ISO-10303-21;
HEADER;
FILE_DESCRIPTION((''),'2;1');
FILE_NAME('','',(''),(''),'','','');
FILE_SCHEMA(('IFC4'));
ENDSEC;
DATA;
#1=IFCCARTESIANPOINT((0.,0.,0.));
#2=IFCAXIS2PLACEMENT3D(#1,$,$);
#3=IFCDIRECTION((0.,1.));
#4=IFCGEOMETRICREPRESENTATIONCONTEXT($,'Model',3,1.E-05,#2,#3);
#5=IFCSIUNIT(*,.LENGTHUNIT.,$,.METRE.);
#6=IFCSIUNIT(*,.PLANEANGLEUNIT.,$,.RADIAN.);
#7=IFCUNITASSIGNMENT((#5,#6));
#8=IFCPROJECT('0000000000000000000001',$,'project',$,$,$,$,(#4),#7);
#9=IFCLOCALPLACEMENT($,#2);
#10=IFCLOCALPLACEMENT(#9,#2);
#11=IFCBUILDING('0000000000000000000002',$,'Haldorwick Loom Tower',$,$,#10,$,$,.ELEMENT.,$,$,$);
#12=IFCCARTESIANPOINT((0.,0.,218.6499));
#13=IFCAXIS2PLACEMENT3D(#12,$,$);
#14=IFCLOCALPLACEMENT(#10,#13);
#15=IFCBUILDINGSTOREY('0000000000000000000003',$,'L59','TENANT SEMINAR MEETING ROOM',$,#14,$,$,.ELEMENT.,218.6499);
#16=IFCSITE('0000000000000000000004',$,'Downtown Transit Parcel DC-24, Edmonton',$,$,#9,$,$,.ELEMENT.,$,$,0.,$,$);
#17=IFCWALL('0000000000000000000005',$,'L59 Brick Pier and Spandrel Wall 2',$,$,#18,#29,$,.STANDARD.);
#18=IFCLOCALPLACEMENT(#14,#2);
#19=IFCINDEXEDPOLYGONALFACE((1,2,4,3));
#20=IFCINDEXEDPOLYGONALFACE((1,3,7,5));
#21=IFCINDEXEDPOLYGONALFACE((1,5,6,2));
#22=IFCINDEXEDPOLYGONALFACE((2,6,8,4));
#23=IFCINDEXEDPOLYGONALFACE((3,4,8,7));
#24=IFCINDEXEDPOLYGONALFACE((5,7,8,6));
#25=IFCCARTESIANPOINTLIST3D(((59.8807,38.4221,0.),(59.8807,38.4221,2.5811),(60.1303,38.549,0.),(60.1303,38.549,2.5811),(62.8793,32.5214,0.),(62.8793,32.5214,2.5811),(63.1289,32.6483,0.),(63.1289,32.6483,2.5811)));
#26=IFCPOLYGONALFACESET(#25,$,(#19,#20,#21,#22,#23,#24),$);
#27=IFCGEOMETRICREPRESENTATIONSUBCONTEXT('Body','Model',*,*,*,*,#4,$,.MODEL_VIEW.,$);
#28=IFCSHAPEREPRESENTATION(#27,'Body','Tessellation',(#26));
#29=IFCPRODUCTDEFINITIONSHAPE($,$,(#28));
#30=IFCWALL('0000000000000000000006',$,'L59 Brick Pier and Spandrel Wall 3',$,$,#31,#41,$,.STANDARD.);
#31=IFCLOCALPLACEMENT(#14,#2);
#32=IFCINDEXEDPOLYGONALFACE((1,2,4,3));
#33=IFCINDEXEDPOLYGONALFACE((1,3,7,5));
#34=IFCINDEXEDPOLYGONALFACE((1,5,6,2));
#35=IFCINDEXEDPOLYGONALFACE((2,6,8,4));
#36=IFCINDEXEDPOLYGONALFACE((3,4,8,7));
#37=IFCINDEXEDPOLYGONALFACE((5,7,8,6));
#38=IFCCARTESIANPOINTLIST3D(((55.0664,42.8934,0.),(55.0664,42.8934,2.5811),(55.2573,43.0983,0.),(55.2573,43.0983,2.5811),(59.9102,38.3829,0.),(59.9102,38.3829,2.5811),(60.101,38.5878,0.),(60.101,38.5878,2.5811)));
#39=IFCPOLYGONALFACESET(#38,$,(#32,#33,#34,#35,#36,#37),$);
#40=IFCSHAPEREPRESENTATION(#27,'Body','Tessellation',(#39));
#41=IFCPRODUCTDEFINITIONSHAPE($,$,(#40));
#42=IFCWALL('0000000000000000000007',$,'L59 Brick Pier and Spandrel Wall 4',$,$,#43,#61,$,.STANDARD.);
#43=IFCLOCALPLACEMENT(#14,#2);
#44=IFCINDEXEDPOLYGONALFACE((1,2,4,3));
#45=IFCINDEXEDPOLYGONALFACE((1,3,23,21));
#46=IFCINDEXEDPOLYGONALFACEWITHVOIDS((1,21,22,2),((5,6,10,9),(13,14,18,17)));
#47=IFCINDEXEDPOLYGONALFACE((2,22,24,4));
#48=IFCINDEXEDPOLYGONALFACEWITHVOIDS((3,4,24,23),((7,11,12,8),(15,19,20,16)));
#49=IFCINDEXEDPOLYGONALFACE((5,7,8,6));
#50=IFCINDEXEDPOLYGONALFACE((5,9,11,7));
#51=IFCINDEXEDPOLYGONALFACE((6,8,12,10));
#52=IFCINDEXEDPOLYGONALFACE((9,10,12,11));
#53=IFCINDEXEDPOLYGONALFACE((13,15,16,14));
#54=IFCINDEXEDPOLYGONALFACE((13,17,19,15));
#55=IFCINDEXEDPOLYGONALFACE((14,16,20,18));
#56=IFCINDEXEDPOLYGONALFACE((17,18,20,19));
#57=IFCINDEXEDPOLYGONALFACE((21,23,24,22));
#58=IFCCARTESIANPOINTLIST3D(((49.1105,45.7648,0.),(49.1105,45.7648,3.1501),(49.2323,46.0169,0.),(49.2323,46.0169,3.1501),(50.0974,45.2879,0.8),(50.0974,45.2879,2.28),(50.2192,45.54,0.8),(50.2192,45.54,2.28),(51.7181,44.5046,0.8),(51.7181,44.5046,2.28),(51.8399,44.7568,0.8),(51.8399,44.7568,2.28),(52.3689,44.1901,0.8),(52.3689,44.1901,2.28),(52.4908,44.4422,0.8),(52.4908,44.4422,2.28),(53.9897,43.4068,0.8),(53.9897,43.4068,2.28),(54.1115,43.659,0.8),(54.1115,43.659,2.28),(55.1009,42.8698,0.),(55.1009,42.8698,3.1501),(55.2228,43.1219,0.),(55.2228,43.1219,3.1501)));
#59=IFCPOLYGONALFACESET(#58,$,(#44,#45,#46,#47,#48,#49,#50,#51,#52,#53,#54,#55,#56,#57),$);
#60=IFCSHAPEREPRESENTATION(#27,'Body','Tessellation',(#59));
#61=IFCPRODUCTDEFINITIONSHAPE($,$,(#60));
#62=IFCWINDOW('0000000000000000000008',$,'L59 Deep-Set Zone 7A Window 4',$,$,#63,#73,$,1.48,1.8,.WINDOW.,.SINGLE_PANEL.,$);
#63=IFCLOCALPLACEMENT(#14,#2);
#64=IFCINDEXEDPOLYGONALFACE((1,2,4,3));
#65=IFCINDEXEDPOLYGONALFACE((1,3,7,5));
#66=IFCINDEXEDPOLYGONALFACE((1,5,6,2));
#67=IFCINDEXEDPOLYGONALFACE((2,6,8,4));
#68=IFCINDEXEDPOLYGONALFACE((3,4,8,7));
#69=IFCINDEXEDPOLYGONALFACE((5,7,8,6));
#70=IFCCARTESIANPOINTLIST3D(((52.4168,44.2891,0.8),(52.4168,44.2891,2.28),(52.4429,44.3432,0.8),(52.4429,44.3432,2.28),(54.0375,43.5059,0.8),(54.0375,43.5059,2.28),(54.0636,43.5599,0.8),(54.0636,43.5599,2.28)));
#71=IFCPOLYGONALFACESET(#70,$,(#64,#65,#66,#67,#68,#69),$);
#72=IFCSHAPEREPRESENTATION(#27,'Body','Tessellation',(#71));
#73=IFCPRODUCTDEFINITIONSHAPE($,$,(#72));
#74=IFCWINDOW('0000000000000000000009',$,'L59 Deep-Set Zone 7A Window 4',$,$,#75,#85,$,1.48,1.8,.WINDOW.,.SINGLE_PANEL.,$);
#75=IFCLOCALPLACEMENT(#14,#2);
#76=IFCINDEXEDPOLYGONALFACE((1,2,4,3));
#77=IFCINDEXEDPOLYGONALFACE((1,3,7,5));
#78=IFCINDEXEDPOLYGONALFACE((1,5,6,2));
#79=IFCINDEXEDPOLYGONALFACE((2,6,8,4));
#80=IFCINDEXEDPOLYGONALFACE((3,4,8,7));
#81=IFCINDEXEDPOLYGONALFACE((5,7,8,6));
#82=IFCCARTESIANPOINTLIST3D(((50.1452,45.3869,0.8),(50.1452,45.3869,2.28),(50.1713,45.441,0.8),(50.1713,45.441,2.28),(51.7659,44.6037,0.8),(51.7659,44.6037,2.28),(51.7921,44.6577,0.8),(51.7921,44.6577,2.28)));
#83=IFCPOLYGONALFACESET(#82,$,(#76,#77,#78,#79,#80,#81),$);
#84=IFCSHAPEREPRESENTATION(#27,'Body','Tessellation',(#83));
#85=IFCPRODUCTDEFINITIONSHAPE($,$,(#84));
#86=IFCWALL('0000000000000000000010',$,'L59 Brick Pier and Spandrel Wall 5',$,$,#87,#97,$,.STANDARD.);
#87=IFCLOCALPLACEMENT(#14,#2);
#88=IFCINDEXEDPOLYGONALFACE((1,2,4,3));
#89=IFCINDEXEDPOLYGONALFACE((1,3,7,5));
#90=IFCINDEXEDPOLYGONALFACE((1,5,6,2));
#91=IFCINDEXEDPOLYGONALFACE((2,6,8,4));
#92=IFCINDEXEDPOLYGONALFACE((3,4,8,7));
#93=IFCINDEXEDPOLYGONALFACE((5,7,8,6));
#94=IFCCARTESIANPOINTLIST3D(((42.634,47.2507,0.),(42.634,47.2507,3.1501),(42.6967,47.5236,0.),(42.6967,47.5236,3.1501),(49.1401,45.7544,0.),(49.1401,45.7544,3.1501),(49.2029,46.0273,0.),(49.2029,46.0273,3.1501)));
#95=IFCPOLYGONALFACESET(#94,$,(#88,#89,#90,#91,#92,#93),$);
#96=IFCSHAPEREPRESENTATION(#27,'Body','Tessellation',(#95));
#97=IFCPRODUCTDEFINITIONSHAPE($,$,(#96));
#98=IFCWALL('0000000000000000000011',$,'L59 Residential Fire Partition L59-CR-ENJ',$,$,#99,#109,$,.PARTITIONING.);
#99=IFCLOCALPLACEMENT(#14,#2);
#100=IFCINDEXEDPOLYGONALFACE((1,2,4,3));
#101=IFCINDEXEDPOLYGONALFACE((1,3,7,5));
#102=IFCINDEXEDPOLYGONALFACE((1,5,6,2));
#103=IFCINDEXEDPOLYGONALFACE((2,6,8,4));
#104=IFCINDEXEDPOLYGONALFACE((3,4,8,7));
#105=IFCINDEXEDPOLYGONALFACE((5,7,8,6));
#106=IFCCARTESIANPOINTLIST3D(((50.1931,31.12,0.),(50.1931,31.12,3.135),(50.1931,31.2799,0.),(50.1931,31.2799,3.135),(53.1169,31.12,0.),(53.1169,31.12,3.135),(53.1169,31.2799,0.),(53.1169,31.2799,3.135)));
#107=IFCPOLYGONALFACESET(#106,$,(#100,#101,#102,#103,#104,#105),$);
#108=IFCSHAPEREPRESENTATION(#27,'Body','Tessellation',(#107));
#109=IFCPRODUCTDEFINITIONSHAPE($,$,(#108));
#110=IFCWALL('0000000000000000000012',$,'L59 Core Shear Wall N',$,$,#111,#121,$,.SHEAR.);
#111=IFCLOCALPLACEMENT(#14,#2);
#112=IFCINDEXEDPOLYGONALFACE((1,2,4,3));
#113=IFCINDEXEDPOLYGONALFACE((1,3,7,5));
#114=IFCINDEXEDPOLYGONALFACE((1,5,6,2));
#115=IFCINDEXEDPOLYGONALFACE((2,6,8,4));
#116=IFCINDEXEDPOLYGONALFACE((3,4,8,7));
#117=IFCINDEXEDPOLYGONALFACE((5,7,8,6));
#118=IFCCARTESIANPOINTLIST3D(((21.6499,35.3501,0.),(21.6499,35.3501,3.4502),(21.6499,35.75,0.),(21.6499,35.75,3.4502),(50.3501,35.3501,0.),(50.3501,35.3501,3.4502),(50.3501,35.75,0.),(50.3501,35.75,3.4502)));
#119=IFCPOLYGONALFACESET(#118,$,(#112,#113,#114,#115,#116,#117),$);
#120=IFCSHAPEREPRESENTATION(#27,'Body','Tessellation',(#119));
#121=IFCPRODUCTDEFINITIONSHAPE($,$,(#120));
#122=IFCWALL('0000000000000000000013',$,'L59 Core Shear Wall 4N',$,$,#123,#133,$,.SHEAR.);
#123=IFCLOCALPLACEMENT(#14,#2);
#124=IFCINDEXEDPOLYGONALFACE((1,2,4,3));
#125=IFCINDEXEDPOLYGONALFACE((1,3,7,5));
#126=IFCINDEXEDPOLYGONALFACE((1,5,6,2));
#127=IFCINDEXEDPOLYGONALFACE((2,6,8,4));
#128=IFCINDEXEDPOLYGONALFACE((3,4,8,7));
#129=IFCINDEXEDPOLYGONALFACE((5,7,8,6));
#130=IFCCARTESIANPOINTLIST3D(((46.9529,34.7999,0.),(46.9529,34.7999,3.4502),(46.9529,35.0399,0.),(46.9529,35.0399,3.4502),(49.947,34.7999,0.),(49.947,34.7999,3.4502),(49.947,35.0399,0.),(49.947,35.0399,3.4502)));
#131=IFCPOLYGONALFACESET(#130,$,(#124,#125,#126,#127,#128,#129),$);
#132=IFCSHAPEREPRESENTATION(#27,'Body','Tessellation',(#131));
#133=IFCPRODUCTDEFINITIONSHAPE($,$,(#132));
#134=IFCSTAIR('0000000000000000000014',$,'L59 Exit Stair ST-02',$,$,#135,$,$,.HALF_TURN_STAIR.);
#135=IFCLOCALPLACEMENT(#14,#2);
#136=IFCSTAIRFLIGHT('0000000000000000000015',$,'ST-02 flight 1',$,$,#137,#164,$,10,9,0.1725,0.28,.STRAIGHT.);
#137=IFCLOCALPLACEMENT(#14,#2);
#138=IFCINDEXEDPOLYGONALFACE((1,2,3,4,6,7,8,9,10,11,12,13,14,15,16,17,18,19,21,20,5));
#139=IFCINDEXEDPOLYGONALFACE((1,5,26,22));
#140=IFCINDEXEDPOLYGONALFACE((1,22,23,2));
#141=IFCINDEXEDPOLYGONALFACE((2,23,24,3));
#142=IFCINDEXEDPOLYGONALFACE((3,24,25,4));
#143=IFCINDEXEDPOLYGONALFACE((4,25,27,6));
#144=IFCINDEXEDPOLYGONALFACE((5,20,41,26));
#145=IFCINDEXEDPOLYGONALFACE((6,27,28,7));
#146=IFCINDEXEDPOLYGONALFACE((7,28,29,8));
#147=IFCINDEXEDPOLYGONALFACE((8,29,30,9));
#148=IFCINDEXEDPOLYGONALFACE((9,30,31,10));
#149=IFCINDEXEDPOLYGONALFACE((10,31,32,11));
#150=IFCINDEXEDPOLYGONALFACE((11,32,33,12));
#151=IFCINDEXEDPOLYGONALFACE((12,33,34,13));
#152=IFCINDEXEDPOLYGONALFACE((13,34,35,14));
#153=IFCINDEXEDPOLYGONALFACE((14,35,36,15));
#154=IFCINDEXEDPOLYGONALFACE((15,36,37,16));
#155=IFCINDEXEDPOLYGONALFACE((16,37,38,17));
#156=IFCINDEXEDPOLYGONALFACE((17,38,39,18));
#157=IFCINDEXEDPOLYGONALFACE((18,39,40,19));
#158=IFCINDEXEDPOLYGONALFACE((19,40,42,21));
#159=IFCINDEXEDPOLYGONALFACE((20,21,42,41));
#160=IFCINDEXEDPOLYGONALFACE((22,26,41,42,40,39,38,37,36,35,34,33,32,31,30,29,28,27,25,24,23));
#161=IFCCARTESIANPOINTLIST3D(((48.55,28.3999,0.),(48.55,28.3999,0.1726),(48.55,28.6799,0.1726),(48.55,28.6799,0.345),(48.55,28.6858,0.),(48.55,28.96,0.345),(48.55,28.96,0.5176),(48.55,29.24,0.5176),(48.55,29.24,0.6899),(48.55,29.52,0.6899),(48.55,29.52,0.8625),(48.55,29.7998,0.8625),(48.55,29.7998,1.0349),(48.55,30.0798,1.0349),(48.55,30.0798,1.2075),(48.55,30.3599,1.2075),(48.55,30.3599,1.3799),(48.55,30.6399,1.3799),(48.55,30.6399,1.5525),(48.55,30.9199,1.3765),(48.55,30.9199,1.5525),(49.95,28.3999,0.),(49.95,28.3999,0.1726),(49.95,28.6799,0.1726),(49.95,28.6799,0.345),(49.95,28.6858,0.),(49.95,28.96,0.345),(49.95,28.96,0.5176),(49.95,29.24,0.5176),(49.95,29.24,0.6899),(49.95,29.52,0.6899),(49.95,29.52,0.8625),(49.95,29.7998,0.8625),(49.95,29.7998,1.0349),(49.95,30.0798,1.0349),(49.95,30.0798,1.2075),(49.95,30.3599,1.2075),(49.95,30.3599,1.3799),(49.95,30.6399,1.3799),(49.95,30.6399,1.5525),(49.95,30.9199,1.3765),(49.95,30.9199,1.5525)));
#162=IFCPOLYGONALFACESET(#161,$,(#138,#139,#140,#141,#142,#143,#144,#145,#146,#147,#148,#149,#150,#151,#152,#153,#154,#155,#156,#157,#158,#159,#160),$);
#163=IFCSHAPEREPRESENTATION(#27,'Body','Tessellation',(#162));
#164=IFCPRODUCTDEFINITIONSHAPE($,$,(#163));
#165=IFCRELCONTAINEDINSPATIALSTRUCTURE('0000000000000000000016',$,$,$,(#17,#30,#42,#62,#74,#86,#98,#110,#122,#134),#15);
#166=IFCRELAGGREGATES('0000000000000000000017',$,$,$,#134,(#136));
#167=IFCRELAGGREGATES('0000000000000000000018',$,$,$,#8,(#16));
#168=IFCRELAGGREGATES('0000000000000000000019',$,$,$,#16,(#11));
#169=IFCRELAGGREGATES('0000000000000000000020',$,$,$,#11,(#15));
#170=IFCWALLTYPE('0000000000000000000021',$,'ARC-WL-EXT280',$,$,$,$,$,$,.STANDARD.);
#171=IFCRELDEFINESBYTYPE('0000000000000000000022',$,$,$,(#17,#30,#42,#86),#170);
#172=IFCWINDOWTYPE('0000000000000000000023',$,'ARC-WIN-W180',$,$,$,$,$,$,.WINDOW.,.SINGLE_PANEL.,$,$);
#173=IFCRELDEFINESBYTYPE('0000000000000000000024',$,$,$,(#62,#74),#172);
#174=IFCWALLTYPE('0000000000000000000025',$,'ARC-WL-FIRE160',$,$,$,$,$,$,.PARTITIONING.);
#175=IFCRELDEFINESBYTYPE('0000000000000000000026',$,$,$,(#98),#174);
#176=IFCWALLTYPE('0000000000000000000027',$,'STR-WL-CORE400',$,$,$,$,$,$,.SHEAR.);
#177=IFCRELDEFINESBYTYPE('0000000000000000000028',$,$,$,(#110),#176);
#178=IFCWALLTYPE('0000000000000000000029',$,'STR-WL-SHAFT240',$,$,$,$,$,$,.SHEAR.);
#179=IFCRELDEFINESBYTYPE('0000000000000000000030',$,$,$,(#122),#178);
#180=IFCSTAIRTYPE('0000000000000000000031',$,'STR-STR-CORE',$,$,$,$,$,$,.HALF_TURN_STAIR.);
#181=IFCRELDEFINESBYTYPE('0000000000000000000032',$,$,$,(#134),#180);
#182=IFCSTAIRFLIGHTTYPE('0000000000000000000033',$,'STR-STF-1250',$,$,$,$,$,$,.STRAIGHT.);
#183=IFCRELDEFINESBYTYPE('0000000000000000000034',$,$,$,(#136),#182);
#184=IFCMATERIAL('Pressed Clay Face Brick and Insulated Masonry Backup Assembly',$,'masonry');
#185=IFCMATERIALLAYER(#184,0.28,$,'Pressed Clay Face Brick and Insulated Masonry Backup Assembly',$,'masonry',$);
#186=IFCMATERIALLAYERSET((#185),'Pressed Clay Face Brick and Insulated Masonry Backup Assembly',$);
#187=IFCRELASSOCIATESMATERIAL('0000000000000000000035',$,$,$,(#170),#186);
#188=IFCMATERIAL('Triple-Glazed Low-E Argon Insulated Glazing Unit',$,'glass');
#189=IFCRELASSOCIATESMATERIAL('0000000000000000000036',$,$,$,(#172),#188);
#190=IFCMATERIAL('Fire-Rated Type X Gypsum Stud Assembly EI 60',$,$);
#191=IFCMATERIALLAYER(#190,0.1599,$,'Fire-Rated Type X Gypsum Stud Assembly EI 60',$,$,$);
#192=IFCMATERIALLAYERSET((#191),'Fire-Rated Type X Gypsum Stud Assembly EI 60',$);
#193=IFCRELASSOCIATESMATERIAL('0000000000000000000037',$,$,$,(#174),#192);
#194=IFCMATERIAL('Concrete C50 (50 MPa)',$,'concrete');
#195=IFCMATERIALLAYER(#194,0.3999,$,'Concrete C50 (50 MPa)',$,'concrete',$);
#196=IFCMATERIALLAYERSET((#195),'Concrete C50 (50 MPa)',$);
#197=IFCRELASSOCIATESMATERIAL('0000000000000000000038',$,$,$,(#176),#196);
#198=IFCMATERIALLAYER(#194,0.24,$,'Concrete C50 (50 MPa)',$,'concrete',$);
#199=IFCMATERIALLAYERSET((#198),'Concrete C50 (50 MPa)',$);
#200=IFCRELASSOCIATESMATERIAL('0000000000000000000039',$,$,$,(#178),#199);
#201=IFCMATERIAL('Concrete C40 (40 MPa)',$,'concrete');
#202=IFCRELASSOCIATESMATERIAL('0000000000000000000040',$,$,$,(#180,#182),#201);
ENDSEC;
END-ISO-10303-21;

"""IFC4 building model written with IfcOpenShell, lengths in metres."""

from ifc_helpers import new_model, si_unit, direction, frame, frame_2d, origin, place, context, subcontext, project, spatial, polyline, rectangle, outline, extrude, material, layer, layer_set, type_object, element, fill, aggregate, save


model = new_model("IFC4")

# Units and contexts
model_context = context("Model", 3, precision=1e-05, world=origin(), true_north=direction((0.0, 1.0)))
body_context = subcontext(model_context, "Body", "Model", "MODEL_VIEW")
ifc_project = project(units=[si_unit("LENGTHUNIT", "METRE"), si_unit("PLANEANGLEUNIT", "RADIAN")], contexts=[model_context])

# Site, building, storey
site_placement = place(None, origin())
site = spatial("IfcSite", under=ifc_project, at=site_placement, Name="Downtown Transit Parcel DC-24, Edmonton", CompositionType="ELEMENT", RefElevation=0.0)
building_placement = place(site_placement, origin())
building = spatial("IfcBuilding", under=site, at=building_placement, Name="Haldorwick Loom Tower", CompositionType="ELEMENT")
storey_placement = place(building_placement, frame((0.0, 0.0, 218.6499)))
storey = spatial("IfcBuildingStorey", under=building, at=storey_placement, Name="L59", Description="TENANT SEMINAR MEETING ROOM", CompositionType="ELEMENT", Elevation=218.6499)

# Walls
ifc_material_1 = material(Name="Pressed Clay Face Brick and Insulated Masonry Backup Assembly", Category="masonry")
ifc_layer_1 = layer(ifc_material_1, 0.28, Name="Pressed Clay Face Brick and Insulated Masonry Backup Assembly", Category="masonry")
ifc_layer_set_1 = layer_set([ifc_layer_1], Name="Pressed Clay Face Brick and Insulated Masonry Backup Assembly")
wall_type_1 = type_object("IfcWallType", Name="ARC-WL-EXT280", PredefinedType="STANDARD", material=ifc_layer_set_1)
wall_1_placement = place(storey_placement, frame((63.0042, 32.5847, 0.0), z_axis=(0.0, 0.0, 1.0), x_axis=(-0.453032, 0.891494, 0.0)))
element("IfcWall", 1, at=wall_1_placement, inside=storey, type_object=wall_type_1, Name="L59 Brick Pier and Spandrel Wall 2", PredefinedType="STANDARD", context=body_context, shape_type="SweptSolid", body=[
    extrude(rectangle(XDim=6.6189, YDim=0.28, at=frame_2d((3.3096, 0.0))), origin(), (0.0, 0.0, 1.0), 2.5811),
])
wall_2_placement = place(storey_placement, frame((60.0056, 38.4854, 0.0), z_axis=(0.0, 0.0, 1.0), x_axis=(-0.731834, 0.681483, 0.0)))
element("IfcWall", 2, at=wall_2_placement, inside=storey, type_object=wall_type_1, Name="L59 Brick Pier and Spandrel Wall 3", PredefinedType="STANDARD", context=body_context, shape_type="SweptSolid", body=[
    extrude(rectangle(XDim=6.6187, YDim=0.28, at=frame_2d((3.3093, 0.0))), origin(), (0.0, 0.0, 1.0), 2.5811),
])

# Wall, openings, windows
wall_3_placement = place(storey_placement, frame((55.1619, 42.9958, 0.0), z_axis=(0.0, 0.0, 1.0), x_axis=(-0.900371, 0.435123, 0.0)))
wall_3 = element("IfcWall", 3, at=wall_3_placement, inside=storey, type_object=wall_type_1, Name="L59 Brick Pier and Spandrel Wall 4", PredefinedType="STANDARD", context=body_context, shape_type="SweptSolid", body=[
    extrude(rectangle(XDim=6.6533, YDim=0.28, at=frame_2d((3.3267, 0.0))), origin(), (0.0, 0.0, 1.0), 3.1501),
])
opening_1_placement = place(wall_3_placement, frame((1.2344, 0.0, 0.8)))
opening_1 = element("IfcOpeningElement", 4, at=opening_1_placement, cuts=wall_3, PredefinedType="OPENING", context=body_context, shape_type="SweptSolid", body=[
    extrude(rectangle(XDim=1.8, YDim=1.48, at=frame_2d((0.8999, 0.74))), frame((0.0, 0.1499, 0.0), z_axis=(0.0, -1.0, 0.0), x_axis=(1.0, 0.0, 0.0)), (0.0, 0.0, 1.0), 0.3),
])
opening_2_placement = place(wall_3_placement, frame((3.7573, 0.0, 0.8)))
opening_2 = element("IfcOpeningElement", 5, at=opening_2_placement, cuts=wall_3, PredefinedType="OPENING", context=body_context, shape_type="SweptSolid", body=[
    extrude(rectangle(XDim=1.8, YDim=1.48, at=frame_2d((0.8999, 0.74))), frame((0.0, 0.1499, 0.0), z_axis=(0.0, -1.0, 0.0), x_axis=(1.0, 0.0, 0.0)), (0.0, 0.0, 1.0), 0.3),
])
ifc_material_2 = material(Name="Triple-Glazed Low-E Argon Insulated Glazing Unit", Category="glass")
window_type = type_object("IfcWindowType", Name="ARC-WIN-W180", PartitioningType="SINGLE_PANEL", PredefinedType="WINDOW", material=ifc_material_2)
window_1_placement = place(opening_1_placement, origin())
window_1 = element("IfcWindow", 6, at=window_1_placement, inside=storey, type_object=window_type, Name="L59 Deep-Set Zone 7A Window 4", OverallHeight=1.48, OverallWidth=1.8, PartitioningType="SINGLE_PANEL", PredefinedType="WINDOW", context=body_context, shape_type="SweptSolid", body=[
    extrude(rectangle(XDim=1.8, YDim=1.48, at=frame_2d((0.8999, 0.74))), frame((0.0, 0.03, 0.0), z_axis=(0.0, -1.0, 0.0), x_axis=(1.0, 0.0, 0.0)), (0.0, 0.0, 1.0), 0.0601),
])
fill(opening_1, window_1)
window_2_placement = place(opening_2_placement, origin())
window_2 = element("IfcWindow", 7, at=window_2_placement, inside=storey, type_object=window_type, Name="L59 Deep-Set Zone 7A Window 4", OverallHeight=1.48, OverallWidth=1.8, PartitioningType="SINGLE_PANEL", PredefinedType="WINDOW", context=body_context, shape_type="SweptSolid", body=[
    extrude(rectangle(XDim=1.8, YDim=1.48, at=frame_2d((0.8999, 0.74))), frame((0.0, 0.03, 0.0), z_axis=(0.0, -1.0, 0.0), x_axis=(1.0, 0.0, 0.0)), (0.0, 0.0, 1.0), 0.0601),
])
fill(opening_2, window_2)

# Walls
wall_4_placement = place(storey_placement, frame((49.1714, 45.8909, 0.0), z_axis=(0.0, 0.0, 1.0), x_axis=(-0.974557, 0.224138, 0.0)))
element("IfcWall", 8, at=wall_4_placement, inside=storey, type_object=wall_type_1, Name="L59 Brick Pier and Spandrel Wall 5", PredefinedType="STANDARD", context=body_context, shape_type="SweptSolid", body=[
    extrude(rectangle(XDim=6.676, YDim=0.28, at=frame_2d((3.3379, 0.0))), origin(), (0.0, 0.0, 1.0), 3.1501),
])
ifc_material_3 = material(Name="Fire-Rated Type X Gypsum Stud Assembly EI 60")
ifc_layer_2 = layer(ifc_material_3, 0.1599, Name="Fire-Rated Type X Gypsum Stud Assembly EI 60")
ifc_layer_set_2 = layer_set([ifc_layer_2], Name="Fire-Rated Type X Gypsum Stud Assembly EI 60")
wall_type_2 = type_object("IfcWallType", Name="ARC-WL-FIRE160", PredefinedType="PARTITIONING", material=ifc_layer_set_2)
wall_5_placement = place(storey_placement, frame((50.1931, 31.2, 0.0), z_axis=(0.0, 0.0, 1.0), x_axis=(1.0, 0.0, 0.0)))
element("IfcWall", 9, at=wall_5_placement, inside=storey, type_object=wall_type_2, Name="L59 Residential Fire Partition L59-CR-ENJ", PredefinedType="PARTITIONING", context=body_context, shape_type="SweptSolid", body=[
    extrude(rectangle(XDim=2.9238, YDim=0.1599, at=frame_2d((1.4619, 0.0))), origin(), (0.0, 0.0, 1.0), 3.135),
])
ifc_material_4 = material(Name="Concrete C50 (50 MPa)", Category="concrete")
ifc_layer_3 = layer(ifc_material_4, 0.3999, Name="Concrete C50 (50 MPa)", Category="concrete")
ifc_layer_set_3 = layer_set([ifc_layer_3], Name="Concrete C50 (50 MPa)")
wall_type_3 = type_object("IfcWallType", Name="STR-WL-CORE400", PredefinedType="SHEAR", material=ifc_layer_set_3)
wall_6_placement = place(storey_placement, frame((50.3501, 35.55, 0.0), z_axis=(0.0, 0.0, 1.0), x_axis=(-1.0, 0.0, 0.0)))
element("IfcWall", 10, at=wall_6_placement, inside=storey, type_object=wall_type_3, Name="L59 Core Shear Wall N", PredefinedType="SHEAR", context=body_context, shape_type="SweptSolid", body=[
    extrude(rectangle(XDim=28.7002, YDim=0.3999, at=frame_2d((14.3501, 0.0))), origin(), (0.0, 0.0, 1.0), 3.4502),
])
ifc_layer_4 = layer(ifc_material_4, 0.24, Name="Concrete C50 (50 MPa)", Category="concrete")
ifc_layer_set_4 = layer_set([ifc_layer_4], Name="Concrete C50 (50 MPa)")
wall_type_4 = type_object("IfcWallType", Name="STR-WL-SHAFT240", PredefinedType="SHEAR", material=ifc_layer_set_4)
wall_7_placement = place(storey_placement, frame((46.9529, 34.9199, 0.0), z_axis=(0.0, 0.0, 1.0), x_axis=(1.0, 0.0, 0.0)))
element("IfcWall", 11, at=wall_7_placement, inside=storey, type_object=wall_type_4, Name="L59 Core Shear Wall 4N", PredefinedType="SHEAR", context=body_context, shape_type="SweptSolid", body=[
    extrude(rectangle(XDim=2.9941, YDim=0.24, at=frame_2d((1.4971, 0.0))), origin(), (0.0, 0.0, 1.0), 3.4502),
])

# Stair, stair flight
ifc_material_5 = material(Name="Concrete C40 (40 MPa)", Category="concrete")
stair_type = type_object("IfcStairType", Name="STR-STR-CORE", PredefinedType="HALF_TURN_STAIR", material=ifc_material_5)
stair_placement = place(storey_placement, origin())
stair = element("IfcStair", 12, at=stair_placement, inside=storey, type_object=stair_type, Name="L59 Exit Stair ST-02", PredefinedType="HALF_TURN_STAIR")
stair_flight_type = type_object("IfcStairFlightType", Name="STR-STF-1250", PredefinedType="STRAIGHT", material=ifc_material_5)
stair_flight_1_placement = place(storey_placement, frame((49.25, 28.3999, 0.0), z_axis=(0.0, 0.0, 1.0), x_axis=(0.0, 1.0, 0.0)))
stair_flight_1 = element("IfcStairFlight", 13, at=stair_flight_1_placement, type_object=stair_flight_type, Name="ST-02 flight 1", NumberOfRisers=10, NumberOfTreads=9, PredefinedType="STRAIGHT", RiserHeight=0.1725, TreadLength=0.28, context=body_context, shape_type="SweptSolid", body=[
    extrude(outline(polyline([(0.0, 0.0), (0.0, 0.1726), (0.28, 0.1726), (0.28, 0.345), (0.5601, 0.345), (0.5601, 0.5176), (0.8401, 0.5176), (0.8401, 0.6899), (1.1201, 0.6899), (1.1201, 0.8625), (1.3999, 0.8625), (1.3999, 1.0349), (1.6799, 1.0349), (1.6799, 1.2075), (1.96, 1.2075), (1.96, 1.3799), (2.24, 1.3799), (2.24, 1.5525), (2.52, 1.5525), (2.52, 1.7251), (2.52, 1.3765), (0.2859, 0.0), (0.0, 0.0)])), frame((0.0, 0.7, 0.0), z_axis=(0.0, -1.0, 0.0), x_axis=(1.0, 0.0, 0.0)), (0.0, 0.0, 1.0), 1.3999),
])
aggregate(stair, [stair_flight_1])

save(model, "model.ifc")
